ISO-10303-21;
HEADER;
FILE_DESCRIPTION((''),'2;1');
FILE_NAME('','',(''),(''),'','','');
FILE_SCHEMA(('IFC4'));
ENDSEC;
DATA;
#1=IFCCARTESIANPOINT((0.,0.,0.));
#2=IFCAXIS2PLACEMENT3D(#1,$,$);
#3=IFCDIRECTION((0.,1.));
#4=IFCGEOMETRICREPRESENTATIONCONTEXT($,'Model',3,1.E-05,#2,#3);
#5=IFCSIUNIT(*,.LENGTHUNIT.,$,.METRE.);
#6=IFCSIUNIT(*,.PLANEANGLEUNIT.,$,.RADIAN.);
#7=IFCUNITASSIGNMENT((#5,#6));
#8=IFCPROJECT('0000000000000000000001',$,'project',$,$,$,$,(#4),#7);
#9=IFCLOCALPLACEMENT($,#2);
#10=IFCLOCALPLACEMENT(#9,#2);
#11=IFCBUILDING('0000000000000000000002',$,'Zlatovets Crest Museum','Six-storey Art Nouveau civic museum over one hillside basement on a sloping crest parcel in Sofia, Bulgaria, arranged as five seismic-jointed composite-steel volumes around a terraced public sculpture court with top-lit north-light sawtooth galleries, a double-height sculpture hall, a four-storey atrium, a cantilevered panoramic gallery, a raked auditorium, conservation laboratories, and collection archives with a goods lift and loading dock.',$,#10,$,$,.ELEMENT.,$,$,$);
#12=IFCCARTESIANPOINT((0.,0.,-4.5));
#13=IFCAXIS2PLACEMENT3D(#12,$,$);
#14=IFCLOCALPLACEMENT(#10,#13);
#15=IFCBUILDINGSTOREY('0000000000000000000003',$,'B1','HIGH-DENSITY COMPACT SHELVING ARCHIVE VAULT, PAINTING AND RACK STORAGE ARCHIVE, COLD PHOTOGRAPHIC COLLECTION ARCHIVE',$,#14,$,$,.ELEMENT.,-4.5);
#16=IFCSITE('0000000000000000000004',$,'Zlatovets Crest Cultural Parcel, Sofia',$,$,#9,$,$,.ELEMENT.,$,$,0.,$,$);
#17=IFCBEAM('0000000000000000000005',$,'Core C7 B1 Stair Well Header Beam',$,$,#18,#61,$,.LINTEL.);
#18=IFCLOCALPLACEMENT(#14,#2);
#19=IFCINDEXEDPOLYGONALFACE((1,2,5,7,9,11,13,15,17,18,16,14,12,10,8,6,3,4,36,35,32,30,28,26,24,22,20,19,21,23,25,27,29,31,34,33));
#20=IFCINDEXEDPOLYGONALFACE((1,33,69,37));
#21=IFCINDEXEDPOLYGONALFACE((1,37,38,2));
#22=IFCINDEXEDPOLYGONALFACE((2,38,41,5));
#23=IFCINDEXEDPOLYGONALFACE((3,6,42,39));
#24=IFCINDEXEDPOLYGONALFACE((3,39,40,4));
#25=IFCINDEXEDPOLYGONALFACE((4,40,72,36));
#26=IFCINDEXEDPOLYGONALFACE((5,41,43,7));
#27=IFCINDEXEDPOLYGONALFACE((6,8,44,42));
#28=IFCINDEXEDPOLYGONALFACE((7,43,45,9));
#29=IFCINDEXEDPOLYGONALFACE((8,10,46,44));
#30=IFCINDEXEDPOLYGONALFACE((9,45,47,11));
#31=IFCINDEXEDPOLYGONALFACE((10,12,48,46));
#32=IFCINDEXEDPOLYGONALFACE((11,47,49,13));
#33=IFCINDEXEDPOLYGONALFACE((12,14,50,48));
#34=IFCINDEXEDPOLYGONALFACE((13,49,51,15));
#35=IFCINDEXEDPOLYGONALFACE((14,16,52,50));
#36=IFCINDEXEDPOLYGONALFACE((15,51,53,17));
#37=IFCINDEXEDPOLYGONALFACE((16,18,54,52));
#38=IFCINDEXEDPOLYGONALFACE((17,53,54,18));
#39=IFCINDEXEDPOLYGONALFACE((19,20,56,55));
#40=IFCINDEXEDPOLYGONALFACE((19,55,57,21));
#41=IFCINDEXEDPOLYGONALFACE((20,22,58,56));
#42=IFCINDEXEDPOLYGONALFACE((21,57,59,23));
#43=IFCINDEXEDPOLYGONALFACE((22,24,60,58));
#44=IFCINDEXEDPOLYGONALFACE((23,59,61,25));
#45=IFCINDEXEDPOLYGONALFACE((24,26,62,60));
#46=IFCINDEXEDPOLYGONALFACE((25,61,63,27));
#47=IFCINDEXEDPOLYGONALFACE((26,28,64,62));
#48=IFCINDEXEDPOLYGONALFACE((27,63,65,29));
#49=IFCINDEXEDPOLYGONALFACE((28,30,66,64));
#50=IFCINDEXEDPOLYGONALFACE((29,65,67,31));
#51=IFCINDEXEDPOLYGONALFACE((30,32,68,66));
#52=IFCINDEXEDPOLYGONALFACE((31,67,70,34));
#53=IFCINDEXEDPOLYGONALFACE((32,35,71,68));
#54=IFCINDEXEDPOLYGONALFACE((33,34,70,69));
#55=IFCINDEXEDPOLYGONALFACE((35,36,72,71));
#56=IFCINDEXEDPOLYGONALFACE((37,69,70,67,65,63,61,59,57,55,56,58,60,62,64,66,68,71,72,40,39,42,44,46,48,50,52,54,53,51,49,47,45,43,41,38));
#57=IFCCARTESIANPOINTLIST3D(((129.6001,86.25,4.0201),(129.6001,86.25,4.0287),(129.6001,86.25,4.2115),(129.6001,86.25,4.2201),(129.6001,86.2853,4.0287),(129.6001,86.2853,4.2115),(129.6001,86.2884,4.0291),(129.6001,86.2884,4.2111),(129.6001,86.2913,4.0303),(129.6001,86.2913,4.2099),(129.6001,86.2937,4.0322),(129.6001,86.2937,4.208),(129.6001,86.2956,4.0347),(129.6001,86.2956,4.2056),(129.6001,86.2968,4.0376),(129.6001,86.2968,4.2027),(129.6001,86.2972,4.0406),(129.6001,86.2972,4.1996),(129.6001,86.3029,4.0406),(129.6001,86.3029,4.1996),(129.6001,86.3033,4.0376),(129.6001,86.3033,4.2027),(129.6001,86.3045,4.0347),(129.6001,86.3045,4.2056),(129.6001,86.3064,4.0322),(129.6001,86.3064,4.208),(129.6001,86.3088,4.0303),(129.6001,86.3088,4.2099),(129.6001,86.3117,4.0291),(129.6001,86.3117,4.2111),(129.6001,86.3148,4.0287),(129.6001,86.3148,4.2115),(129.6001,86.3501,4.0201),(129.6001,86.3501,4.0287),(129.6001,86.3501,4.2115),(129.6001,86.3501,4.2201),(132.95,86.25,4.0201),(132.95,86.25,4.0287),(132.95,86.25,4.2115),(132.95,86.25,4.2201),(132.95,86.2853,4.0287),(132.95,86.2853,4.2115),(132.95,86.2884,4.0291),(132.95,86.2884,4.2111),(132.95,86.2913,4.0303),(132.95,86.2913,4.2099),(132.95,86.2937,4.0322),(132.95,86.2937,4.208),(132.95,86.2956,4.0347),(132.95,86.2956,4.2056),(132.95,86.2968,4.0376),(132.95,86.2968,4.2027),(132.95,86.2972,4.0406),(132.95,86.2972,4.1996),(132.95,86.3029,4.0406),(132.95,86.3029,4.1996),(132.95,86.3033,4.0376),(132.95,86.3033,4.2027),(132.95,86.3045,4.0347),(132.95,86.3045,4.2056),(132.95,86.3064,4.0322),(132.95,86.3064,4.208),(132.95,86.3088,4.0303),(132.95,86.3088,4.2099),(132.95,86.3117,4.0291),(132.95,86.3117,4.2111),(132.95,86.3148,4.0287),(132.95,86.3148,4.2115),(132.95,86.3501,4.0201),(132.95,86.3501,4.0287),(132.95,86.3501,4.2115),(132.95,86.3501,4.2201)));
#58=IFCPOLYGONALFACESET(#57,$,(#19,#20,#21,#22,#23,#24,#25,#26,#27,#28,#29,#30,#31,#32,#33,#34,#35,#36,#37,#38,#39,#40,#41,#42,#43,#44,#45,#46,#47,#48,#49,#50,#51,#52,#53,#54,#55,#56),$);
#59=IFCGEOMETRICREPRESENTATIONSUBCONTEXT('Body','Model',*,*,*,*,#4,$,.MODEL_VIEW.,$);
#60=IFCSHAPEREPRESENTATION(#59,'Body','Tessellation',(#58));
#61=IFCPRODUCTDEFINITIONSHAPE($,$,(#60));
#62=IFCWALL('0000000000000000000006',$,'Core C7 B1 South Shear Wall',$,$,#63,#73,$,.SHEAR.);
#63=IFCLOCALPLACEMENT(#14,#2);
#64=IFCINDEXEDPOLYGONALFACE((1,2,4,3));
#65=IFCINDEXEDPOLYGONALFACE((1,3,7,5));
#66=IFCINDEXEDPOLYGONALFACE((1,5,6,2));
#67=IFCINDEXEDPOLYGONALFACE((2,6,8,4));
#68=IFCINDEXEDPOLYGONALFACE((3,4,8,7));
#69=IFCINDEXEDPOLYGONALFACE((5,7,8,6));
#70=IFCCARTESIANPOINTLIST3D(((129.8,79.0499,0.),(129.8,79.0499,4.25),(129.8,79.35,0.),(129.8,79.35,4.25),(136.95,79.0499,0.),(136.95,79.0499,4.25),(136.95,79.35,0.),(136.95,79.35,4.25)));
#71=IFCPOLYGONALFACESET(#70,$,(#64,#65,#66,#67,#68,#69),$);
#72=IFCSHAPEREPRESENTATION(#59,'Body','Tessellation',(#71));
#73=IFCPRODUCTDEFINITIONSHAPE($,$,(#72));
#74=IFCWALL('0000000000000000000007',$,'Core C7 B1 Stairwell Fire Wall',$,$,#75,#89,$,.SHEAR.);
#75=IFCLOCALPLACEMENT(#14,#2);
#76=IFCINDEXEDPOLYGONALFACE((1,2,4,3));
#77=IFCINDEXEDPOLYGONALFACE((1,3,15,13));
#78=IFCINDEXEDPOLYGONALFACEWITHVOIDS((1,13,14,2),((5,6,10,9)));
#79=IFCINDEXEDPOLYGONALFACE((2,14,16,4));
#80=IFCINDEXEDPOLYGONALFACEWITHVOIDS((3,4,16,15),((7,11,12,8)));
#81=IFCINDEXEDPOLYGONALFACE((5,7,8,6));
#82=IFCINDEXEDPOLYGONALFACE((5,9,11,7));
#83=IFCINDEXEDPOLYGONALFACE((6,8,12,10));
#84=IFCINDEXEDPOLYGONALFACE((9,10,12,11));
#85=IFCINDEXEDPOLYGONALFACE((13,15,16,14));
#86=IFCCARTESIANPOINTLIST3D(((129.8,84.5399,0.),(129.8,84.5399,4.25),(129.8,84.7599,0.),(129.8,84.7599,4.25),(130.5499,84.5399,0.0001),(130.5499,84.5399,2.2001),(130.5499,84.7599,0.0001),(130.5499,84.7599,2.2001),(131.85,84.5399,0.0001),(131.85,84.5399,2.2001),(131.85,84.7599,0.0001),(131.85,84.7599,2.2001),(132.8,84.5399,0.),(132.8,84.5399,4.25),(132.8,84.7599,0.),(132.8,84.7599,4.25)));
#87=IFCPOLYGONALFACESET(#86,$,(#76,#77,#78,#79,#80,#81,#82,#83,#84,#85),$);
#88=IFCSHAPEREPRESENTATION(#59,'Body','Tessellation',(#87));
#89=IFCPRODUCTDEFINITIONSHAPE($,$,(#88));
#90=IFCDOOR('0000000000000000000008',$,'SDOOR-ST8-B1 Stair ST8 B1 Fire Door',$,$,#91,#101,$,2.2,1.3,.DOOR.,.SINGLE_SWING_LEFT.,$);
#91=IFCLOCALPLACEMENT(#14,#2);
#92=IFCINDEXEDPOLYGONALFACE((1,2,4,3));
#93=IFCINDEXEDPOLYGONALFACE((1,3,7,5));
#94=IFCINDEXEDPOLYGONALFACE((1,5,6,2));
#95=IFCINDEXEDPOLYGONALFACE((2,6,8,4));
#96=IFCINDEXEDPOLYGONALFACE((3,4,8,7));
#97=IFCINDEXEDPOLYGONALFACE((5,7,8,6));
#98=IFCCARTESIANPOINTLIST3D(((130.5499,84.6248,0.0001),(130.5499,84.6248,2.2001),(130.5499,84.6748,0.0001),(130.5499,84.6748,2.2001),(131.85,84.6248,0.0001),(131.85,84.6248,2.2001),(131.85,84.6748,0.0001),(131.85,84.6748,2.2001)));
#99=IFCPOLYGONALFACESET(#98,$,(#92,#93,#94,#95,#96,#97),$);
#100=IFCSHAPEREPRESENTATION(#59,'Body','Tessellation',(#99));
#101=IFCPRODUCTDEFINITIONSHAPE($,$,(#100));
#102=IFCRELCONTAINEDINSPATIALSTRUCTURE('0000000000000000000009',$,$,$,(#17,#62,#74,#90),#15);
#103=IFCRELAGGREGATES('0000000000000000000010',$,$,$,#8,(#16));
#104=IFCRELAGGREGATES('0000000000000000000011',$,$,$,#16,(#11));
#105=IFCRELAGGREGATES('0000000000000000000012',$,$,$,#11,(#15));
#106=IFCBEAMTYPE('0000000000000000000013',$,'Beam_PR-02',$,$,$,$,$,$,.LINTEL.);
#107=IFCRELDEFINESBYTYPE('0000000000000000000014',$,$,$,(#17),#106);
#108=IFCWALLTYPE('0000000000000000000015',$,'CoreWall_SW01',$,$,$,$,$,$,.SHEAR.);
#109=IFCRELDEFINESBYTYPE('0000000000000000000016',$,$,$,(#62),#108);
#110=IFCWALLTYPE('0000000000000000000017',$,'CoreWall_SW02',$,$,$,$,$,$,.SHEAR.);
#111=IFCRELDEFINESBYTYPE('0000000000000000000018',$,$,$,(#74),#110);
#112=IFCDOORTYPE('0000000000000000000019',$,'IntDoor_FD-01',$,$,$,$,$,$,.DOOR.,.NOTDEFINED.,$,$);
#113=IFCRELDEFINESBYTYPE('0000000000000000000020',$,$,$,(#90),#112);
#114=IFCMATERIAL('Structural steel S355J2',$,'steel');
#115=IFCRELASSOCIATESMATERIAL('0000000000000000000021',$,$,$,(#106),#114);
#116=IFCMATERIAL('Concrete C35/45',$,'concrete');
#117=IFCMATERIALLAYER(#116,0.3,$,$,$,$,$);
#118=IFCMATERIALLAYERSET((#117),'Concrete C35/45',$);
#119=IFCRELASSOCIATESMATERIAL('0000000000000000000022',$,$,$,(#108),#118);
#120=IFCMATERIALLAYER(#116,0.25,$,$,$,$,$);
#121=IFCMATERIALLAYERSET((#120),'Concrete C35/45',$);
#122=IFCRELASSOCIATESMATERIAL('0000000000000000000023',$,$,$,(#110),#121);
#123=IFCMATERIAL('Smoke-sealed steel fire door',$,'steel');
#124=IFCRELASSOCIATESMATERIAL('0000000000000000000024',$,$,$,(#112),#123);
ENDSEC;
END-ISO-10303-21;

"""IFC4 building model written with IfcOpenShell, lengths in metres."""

from ifc_helpers import new_model, si_unit, direction, frame, frame_2d, origin, origin_2d, place, context, subcontext, project, spatial, rectangle, i_section, extrude, material, layer, layer_set, material_profile, profile_set, type_object, element, fill, save


model = new_model("IFC4")

# Units and contexts
model_context = context("Model", 3, precision=1e-05, world=origin(), true_north=direction((0.0, 1.0)))
body_context = subcontext(model_context, "Body", "Model", "MODEL_VIEW")
ifc_project = project(units=[si_unit("LENGTHUNIT", "METRE"), si_unit("PLANEANGLEUNIT", "RADIAN")], contexts=[model_context])

# Site, building, storey
site_placement = place(None, origin())
site = spatial("IfcSite", under=ifc_project, at=site_placement, Name="Zlatovets Crest Cultural Parcel, Sofia", CompositionType="ELEMENT", RefElevation=0.0)
building_placement = place(site_placement, origin())
building = spatial("IfcBuilding", under=site, at=building_placement, Name="Zlatovets Crest Museum", Description="Six-storey Art Nouveau civic museum over one hillside basement on a sloping crest parcel in Sofia, Bulgaria, arranged as five seismic-jointed composite-steel volumes around a terraced public sculpture court with top-lit north-light sawtooth galleries, a double-height sculpture hall, a four-storey atrium, a cantilevered panoramic gallery, a raked auditorium, conservation laboratories, and collection archives with a goods lift and loading dock.", CompositionType="ELEMENT")
storey_placement = place(building_placement, frame((0.0, 0.0, -4.5)))
storey = spatial("IfcBuildingStorey", under=building, at=storey_placement, Name="B1", Description="HIGH-DENSITY COMPACT SHELVING ARCHIVE VAULT, PAINTING AND RACK STORAGE ARCHIVE, COLD PHOTOGRAPHIC COLLECTION ARCHIVE", CompositionType="ELEMENT", Elevation=-4.5)

# Shared definitions
ifc_material_1 = material(Name="Concrete C35/45", Category="concrete")

# Beam
ifc_material_2 = material(Name="Structural steel S355J2", Category="steel")
ifc_material_profile_1 = material_profile(ifc_material_2, i_section(OverallWidth=0.1001, OverallDepth=0.2, WebThickness=0.0056, FlangeThickness=0.0085, FilletRadius=0.012, at=origin_2d()), Name="IPE 200")
ifc_profile_set_1 = profile_set([ifc_material_profile_1], Name="Structural steel S355J2")
beam_type = type_object("IfcBeamType", Name="Beam_PR-02", PredefinedType="LINTEL", material=ifc_profile_set_1)
beam_placement = place(storey_placement, frame((129.6001, 86.3, 4.1201), z_axis=(1.0, 0.0, 0.0), x_axis=(0.0, 1.0, 0.0)))
element("IfcBeam", 1, at=beam_placement, inside=storey, type_object=beam_type, Name="Core C7 B1 Stair Well Header Beam", PredefinedType="LINTEL", context=body_context, shape_type="SweptSolid", body=[
    extrude(i_section(OverallWidth=0.1001, OverallDepth=0.2, WebThickness=0.0056, FlangeThickness=0.0085, FilletRadius=0.012, at=origin_2d()), origin(), (0.0, 0.0, 1.0), 3.3499),
])

# Wall
ifc_layer_1 = layer(ifc_material_1, 0.3)
ifc_layer_set_1 = layer_set([ifc_layer_1], Name="Concrete C35/45")
wall_type_1 = type_object("IfcWallType", Name="CoreWall_SW01", PredefinedType="SHEAR", material=ifc_layer_set_1)
wall_1_placement = place(storey_placement, frame((129.8, 79.2, 0.0), z_axis=(0.0, 0.0, 1.0), x_axis=(1.0, 0.0, 0.0)))
element("IfcWall", 2, at=wall_1_placement, inside=storey, type_object=wall_type_1, Name="Core C7 B1 South Shear Wall", PredefinedType="SHEAR", context=body_context, shape_type="SweptSolid", body=[
    extrude(rectangle(XDim=7.1499, YDim=0.3, at=frame_2d((3.575, 0.0))), origin(), (0.0, 0.0, 1.0), 4.25),
])

# Wall, opening, door
ifc_layer_2 = layer(ifc_material_1, 0.25)
ifc_layer_set_2 = layer_set([ifc_layer_2], Name="Concrete C35/45")
wall_type_2 = type_object("IfcWallType", Name="CoreWall_SW02", PredefinedType="SHEAR", material=ifc_layer_set_2)
wall_2_placement = place(storey_placement, frame((129.8, 84.6499, 0.0), z_axis=(0.0, 0.0, 1.0), x_axis=(1.0, 0.0, 0.0)))
wall_2 = element("IfcWall", 3, at=wall_2_placement, inside=storey, type_object=wall_type_2, Name="Core C7 B1 Stairwell Fire Wall", PredefinedType="SHEAR", context=body_context, shape_type="SweptSolid", body=[
    extrude(rectangle(XDim=3.0, YDim=0.22, at=frame_2d((1.5, 0.0))), origin(), (0.0, 0.0, 1.0), 4.25),
])
opening_placement = place(wall_2_placement, frame((0.75, 0.0, 0.0)))
opening = element("IfcOpeningElement", 4, at=opening_placement, cuts=wall_2, PredefinedType="OPENING", context=body_context, shape_type="SweptSolid", body=[
    extrude(rectangle(XDim=1.3, YDim=2.2, at=frame_2d((0.6499, 1.1001))), frame((0.0, 0.1201, 0.0), z_axis=(0.0, -1.0, 0.0), x_axis=(1.0, 0.0, 0.0)), (0.0, 0.0, 1.0), 0.24),
])
ifc_material_3 = material(Name="Smoke-sealed steel fire door", Category="steel")
door_type = type_object("IfcDoorType", Name="IntDoor_FD-01", OperationType="NOTDEFINED", PredefinedType="DOOR", material=ifc_material_3)
door_placement = place(opening_placement, origin())
door = element("IfcDoor", 5, at=door_placement, inside=storey, type_object=door_type, Name="SDOOR-ST8-B1 Stair ST8 B1 Fire Door", OperationType="SINGLE_SWING_LEFT", OverallHeight=2.2, OverallWidth=1.3, PredefinedType="DOOR", context=body_context, shape_type="SweptSolid", body=[
    extrude(rectangle(XDim=1.3, YDim=2.2, at=frame_2d((0.6499, 1.1001))), frame((0.0, 0.0249, 0.0), z_axis=(0.0, -1.0, 0.0), x_axis=(1.0, 0.0, 0.0)), (0.0, 0.0, 1.0), 0.05),
])
fill(opening, door)

save(model, "model.ifc")
